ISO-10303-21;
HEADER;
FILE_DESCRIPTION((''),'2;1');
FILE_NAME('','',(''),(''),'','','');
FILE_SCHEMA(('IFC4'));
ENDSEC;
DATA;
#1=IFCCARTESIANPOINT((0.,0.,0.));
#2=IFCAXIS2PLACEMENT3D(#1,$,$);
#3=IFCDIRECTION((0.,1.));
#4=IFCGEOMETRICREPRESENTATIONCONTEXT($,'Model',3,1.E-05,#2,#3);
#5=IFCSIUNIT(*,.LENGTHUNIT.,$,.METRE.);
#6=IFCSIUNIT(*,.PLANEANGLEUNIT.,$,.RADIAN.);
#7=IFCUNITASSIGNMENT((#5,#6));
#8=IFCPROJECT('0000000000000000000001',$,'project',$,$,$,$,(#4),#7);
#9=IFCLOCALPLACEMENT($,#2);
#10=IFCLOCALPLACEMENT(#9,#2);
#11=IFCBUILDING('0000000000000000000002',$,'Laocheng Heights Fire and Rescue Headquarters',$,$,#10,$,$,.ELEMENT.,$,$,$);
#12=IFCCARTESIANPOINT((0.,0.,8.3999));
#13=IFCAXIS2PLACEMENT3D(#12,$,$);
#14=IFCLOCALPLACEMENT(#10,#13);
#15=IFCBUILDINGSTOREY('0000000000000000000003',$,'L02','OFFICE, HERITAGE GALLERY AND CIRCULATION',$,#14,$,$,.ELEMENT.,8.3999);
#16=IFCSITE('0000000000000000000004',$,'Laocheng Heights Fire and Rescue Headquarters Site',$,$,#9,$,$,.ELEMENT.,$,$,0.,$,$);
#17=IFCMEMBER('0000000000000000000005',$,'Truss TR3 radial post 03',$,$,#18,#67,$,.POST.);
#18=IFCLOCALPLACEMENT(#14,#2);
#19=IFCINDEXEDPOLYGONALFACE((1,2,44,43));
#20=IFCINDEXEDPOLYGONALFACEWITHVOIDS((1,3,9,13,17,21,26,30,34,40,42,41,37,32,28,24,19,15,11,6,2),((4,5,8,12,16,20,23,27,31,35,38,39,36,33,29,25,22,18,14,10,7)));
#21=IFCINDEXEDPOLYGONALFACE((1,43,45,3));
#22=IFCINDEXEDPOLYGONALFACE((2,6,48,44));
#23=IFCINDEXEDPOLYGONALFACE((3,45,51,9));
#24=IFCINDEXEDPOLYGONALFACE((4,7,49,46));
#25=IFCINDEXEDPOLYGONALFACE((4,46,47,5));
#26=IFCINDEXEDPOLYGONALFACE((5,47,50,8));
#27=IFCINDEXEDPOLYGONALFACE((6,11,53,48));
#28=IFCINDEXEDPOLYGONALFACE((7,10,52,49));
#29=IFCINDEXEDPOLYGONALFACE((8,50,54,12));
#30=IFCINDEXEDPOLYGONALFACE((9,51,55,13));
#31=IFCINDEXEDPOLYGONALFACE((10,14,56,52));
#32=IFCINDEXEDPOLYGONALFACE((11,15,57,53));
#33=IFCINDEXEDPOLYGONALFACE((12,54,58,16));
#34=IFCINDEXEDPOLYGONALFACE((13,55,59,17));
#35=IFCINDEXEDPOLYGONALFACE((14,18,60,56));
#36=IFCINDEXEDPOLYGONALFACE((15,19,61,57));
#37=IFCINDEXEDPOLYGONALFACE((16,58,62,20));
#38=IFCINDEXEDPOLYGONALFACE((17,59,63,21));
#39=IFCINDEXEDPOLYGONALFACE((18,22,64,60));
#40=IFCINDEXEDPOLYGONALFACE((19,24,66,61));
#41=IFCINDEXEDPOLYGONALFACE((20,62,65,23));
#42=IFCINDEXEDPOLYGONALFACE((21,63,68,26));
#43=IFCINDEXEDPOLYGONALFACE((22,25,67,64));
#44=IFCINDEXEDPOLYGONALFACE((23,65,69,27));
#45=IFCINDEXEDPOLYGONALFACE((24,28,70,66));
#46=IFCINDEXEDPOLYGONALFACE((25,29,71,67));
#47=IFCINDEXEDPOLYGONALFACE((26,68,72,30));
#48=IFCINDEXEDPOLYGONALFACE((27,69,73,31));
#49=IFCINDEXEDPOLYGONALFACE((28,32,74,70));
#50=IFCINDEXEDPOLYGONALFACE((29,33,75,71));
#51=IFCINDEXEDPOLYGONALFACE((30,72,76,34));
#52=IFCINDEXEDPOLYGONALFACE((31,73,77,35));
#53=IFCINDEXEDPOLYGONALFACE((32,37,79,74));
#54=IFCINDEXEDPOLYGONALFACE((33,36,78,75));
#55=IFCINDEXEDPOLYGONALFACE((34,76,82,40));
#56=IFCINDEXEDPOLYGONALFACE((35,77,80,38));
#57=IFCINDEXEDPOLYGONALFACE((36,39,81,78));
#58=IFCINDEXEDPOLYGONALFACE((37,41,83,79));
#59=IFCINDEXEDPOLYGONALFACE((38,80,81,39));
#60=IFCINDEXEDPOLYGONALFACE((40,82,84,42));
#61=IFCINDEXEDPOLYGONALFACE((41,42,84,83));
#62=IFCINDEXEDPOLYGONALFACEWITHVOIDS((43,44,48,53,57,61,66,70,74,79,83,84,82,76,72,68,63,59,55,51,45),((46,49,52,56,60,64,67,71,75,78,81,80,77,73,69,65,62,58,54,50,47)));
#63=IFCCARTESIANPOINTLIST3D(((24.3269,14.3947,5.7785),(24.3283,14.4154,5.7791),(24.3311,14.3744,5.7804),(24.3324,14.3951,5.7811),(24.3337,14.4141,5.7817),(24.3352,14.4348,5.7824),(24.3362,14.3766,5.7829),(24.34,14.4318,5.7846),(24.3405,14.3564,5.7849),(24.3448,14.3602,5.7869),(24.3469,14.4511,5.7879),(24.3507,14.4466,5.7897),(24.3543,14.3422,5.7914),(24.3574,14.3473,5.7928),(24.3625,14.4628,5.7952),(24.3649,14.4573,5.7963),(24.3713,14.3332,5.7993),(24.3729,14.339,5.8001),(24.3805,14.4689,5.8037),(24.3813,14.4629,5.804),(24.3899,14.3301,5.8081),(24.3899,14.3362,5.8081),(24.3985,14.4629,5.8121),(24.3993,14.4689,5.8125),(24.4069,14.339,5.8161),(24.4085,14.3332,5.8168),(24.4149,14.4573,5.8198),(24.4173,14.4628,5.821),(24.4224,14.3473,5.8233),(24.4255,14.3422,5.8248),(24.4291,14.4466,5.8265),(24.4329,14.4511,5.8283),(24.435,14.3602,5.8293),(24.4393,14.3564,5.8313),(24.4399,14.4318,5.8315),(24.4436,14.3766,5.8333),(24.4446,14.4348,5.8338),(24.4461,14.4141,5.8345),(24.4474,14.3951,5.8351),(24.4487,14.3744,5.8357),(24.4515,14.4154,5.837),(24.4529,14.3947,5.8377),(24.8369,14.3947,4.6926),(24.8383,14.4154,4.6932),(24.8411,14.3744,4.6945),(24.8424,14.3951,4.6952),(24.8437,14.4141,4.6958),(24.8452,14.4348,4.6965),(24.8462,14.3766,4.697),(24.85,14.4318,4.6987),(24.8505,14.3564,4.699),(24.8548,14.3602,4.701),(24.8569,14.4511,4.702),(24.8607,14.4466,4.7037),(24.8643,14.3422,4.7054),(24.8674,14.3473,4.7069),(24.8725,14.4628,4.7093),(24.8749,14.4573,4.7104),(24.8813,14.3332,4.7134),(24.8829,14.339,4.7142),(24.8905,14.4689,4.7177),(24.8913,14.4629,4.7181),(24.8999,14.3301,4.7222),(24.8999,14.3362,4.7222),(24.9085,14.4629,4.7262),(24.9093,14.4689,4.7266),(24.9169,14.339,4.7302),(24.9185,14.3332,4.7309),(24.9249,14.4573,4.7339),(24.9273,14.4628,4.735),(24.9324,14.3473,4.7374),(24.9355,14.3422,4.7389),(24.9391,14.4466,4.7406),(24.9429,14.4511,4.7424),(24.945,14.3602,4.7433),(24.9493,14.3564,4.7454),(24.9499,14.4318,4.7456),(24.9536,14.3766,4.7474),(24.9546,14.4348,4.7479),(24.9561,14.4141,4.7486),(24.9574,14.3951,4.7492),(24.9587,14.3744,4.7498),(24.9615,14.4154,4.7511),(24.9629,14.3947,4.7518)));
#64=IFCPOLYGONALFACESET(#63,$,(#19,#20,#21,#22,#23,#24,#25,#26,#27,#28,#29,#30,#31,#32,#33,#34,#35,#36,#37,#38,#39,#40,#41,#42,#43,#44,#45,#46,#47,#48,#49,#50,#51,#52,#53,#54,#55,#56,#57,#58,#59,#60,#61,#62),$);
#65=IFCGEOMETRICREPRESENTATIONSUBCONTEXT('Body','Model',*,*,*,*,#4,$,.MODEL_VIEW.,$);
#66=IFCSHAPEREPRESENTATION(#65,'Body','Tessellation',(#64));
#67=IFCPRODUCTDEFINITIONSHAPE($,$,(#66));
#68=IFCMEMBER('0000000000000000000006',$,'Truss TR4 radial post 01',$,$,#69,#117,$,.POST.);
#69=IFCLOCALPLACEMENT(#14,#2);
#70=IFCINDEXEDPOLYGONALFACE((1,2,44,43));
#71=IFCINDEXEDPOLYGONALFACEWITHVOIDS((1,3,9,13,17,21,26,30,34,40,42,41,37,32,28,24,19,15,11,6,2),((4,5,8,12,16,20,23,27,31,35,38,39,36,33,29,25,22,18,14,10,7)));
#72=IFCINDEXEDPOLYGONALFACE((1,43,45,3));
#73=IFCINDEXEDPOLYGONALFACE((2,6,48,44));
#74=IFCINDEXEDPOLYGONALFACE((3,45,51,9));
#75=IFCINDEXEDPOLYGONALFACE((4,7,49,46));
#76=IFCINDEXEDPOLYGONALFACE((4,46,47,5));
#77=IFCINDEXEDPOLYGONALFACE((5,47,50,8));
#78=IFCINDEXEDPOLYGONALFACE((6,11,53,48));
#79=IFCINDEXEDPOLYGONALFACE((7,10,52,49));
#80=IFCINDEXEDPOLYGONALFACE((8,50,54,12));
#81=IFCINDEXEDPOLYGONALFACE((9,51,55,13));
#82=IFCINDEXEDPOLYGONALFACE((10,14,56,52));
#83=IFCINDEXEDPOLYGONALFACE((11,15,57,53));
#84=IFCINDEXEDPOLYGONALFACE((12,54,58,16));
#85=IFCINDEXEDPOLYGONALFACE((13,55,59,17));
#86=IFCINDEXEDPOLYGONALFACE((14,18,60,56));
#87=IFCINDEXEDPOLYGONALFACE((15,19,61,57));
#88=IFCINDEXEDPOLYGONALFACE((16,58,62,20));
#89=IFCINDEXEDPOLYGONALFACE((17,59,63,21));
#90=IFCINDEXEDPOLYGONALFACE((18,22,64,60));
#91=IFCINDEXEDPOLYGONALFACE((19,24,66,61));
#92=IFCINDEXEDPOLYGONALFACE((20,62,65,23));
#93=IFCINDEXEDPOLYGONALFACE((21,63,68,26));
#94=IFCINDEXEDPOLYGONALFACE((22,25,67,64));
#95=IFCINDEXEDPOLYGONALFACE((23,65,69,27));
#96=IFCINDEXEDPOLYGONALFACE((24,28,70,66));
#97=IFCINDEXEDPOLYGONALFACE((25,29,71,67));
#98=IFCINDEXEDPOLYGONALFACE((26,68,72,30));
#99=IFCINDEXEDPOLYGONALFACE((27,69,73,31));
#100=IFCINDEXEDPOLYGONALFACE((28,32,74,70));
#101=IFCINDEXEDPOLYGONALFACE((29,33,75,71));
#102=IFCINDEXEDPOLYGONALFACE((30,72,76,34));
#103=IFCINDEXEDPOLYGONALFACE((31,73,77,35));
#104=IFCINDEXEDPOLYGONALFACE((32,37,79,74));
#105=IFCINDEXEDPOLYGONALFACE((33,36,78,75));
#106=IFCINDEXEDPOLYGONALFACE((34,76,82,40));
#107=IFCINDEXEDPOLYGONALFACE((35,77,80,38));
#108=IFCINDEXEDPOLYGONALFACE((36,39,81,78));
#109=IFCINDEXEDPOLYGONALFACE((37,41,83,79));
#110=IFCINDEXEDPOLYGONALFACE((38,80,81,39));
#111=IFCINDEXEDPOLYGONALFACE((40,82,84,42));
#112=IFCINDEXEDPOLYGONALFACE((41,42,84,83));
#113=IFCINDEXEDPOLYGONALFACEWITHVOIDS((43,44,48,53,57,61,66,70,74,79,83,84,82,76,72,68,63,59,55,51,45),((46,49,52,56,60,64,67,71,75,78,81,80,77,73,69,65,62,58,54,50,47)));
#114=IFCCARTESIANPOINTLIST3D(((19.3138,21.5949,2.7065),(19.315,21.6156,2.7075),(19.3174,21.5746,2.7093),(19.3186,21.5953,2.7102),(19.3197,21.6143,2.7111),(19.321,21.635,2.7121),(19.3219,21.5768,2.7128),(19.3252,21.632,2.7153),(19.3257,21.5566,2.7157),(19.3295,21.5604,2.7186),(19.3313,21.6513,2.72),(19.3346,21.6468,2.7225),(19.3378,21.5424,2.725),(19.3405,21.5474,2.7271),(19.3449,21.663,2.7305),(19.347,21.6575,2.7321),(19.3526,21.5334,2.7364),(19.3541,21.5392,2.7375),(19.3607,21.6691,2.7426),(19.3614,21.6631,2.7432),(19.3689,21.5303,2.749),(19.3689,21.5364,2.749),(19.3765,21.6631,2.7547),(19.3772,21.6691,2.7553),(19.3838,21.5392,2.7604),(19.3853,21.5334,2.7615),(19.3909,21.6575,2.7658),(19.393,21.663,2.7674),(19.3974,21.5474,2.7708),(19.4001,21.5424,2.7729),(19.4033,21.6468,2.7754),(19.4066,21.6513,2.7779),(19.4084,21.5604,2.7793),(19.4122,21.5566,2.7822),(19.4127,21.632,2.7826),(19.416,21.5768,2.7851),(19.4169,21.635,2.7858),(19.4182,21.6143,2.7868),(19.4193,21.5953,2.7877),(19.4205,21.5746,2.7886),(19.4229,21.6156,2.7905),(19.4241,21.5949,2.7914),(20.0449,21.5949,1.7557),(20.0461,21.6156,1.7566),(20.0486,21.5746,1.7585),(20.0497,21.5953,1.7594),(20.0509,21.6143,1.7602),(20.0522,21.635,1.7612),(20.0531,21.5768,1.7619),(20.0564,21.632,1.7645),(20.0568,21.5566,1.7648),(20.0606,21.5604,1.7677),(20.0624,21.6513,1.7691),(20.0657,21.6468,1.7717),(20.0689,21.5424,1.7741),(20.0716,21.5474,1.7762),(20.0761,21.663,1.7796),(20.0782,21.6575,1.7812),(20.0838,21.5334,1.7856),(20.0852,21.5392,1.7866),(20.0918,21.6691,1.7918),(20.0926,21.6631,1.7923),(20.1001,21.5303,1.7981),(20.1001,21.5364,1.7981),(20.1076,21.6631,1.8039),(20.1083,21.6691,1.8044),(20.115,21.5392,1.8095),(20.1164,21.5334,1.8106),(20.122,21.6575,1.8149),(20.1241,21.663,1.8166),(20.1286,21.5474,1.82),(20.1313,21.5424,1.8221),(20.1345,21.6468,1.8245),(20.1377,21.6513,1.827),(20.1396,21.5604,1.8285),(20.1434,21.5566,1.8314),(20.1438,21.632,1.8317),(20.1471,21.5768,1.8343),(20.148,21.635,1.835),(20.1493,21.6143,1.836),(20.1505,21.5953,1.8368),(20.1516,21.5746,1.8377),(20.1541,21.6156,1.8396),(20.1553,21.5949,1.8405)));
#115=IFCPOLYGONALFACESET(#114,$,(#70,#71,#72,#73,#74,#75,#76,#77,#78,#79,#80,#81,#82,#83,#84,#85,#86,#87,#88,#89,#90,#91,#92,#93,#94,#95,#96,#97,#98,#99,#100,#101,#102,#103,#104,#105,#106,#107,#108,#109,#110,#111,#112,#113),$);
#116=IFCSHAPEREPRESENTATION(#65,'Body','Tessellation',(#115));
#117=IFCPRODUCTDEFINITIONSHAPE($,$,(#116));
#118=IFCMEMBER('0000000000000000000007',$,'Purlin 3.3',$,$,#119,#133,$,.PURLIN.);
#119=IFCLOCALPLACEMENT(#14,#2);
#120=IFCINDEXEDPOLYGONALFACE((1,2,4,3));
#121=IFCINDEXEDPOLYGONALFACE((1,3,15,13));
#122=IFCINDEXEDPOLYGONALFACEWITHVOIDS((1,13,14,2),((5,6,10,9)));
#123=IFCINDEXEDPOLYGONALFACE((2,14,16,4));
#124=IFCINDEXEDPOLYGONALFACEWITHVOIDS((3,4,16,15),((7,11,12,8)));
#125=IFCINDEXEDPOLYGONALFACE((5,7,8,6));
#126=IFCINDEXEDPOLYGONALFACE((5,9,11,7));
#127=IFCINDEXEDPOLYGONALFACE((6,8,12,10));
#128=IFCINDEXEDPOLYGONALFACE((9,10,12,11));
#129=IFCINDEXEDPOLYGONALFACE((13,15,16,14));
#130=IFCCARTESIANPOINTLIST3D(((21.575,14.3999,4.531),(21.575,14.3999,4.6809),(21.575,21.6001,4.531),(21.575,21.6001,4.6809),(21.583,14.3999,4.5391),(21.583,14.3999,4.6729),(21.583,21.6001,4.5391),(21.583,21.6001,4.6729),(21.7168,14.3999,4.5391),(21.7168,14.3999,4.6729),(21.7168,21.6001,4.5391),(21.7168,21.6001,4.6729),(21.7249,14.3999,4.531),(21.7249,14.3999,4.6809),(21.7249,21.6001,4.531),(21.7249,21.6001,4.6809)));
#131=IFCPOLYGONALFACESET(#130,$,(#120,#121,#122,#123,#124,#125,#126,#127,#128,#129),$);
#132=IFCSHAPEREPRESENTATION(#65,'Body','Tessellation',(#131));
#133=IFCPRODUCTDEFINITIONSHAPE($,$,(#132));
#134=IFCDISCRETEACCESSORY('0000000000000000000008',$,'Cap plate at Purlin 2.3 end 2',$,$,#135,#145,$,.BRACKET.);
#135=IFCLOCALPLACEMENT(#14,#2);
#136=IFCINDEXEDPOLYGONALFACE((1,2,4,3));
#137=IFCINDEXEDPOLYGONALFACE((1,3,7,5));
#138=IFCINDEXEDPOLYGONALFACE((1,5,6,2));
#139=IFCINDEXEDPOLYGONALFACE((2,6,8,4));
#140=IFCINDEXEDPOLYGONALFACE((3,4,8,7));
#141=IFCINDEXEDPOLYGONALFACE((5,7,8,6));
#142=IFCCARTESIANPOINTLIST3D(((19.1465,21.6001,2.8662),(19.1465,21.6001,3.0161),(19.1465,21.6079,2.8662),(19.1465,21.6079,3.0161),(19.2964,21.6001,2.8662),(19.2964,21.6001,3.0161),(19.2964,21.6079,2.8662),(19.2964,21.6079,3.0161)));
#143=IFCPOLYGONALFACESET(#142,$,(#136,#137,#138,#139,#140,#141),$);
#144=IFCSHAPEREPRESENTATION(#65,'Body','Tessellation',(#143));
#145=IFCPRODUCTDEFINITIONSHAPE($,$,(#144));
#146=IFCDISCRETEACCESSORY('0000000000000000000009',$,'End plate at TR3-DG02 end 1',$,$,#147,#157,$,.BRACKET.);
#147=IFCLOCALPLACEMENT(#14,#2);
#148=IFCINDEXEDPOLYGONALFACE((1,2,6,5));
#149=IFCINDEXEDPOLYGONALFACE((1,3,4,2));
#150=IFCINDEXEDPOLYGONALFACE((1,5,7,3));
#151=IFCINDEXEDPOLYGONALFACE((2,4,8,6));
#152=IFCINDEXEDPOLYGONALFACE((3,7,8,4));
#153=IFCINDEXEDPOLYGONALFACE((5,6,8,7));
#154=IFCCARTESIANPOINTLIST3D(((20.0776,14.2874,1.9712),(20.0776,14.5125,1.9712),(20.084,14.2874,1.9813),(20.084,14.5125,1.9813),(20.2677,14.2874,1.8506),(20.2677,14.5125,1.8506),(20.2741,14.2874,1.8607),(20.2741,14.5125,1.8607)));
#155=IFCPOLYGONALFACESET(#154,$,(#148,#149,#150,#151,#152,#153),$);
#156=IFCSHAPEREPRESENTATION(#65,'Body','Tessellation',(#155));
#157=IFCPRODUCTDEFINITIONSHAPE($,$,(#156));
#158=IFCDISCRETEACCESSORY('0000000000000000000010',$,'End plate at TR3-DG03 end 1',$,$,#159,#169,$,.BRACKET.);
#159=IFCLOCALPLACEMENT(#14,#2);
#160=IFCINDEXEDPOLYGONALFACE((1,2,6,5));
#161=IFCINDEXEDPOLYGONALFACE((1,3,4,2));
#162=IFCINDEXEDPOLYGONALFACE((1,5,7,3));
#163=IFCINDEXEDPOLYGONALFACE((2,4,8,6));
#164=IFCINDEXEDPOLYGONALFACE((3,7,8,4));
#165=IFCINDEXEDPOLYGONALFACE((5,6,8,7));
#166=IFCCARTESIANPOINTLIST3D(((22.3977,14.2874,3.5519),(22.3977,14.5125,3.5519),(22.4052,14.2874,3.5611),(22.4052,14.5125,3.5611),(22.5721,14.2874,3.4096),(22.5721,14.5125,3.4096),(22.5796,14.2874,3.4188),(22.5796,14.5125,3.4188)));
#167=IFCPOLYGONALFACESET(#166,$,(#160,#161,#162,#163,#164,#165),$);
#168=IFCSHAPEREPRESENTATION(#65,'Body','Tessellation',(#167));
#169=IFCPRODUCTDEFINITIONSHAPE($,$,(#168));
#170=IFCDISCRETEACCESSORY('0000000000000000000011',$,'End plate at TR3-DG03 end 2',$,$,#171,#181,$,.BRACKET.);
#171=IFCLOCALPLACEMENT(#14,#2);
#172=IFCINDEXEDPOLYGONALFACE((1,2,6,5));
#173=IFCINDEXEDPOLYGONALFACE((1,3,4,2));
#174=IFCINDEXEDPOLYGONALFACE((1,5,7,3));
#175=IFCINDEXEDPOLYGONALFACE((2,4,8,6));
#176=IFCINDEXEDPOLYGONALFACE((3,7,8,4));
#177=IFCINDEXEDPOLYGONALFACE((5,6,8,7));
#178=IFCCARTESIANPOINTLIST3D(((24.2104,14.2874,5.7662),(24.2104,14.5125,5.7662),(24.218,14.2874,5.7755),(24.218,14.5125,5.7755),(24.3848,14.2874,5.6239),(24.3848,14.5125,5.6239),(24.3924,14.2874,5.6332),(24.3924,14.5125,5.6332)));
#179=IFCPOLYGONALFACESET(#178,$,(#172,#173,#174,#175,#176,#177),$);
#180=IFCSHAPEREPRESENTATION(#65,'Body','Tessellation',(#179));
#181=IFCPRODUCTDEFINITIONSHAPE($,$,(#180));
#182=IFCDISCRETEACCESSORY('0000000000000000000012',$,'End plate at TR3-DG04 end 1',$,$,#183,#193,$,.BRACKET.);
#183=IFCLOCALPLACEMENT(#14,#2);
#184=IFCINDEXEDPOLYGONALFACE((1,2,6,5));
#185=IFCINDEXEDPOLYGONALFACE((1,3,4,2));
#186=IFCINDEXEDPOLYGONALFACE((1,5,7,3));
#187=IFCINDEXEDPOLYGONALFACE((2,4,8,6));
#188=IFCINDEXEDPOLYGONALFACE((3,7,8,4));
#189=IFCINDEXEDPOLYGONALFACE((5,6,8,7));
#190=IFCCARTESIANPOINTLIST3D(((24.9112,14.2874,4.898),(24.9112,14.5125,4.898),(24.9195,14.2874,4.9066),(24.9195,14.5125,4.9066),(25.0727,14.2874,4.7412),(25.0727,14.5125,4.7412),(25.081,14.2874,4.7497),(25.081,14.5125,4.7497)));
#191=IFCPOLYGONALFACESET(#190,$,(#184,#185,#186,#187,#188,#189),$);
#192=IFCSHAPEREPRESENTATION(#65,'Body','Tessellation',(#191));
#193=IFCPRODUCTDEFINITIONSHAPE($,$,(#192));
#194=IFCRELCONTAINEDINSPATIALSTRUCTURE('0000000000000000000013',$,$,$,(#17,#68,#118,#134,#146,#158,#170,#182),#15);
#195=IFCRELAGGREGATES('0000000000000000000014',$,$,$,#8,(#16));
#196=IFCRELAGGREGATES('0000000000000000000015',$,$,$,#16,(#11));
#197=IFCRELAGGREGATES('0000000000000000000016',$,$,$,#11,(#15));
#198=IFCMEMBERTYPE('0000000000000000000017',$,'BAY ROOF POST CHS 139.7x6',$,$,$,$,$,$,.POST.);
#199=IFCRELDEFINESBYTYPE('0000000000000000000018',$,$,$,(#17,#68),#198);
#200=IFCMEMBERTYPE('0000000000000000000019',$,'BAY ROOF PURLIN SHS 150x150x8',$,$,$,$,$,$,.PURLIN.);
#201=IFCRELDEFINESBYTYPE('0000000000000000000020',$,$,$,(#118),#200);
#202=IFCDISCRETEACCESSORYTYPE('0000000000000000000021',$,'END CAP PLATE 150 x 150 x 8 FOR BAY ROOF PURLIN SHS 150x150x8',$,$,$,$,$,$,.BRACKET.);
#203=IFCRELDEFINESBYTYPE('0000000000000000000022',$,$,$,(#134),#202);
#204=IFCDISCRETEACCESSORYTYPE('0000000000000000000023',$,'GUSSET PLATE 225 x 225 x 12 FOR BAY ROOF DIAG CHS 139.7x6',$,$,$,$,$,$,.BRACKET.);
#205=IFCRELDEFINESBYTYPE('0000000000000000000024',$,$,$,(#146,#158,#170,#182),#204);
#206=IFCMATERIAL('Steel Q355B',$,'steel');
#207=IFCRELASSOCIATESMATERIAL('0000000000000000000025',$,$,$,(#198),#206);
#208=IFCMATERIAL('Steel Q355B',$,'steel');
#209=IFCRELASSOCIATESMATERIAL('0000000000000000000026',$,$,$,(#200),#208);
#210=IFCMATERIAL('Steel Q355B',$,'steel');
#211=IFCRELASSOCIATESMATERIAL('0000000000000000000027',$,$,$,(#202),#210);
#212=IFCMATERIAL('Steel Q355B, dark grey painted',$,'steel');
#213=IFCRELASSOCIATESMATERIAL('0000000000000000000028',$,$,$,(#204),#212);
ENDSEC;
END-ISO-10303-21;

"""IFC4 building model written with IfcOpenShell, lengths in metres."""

from ifc_helpers import new_model, si_unit, direction, frame, origin, origin_2d, place, context, subcontext, project, spatial, rectangle, hollow_rectangle, hollow_circle, extrude, material, material_profile, profile_set, type_object, element, save


model = new_model("IFC4")

# Units and contexts
model_context = context("Model", 3, precision=1e-05, world=origin(), true_north=direction((0.0, 1.0)))
body_context = subcontext(model_context, "Body", "Model", "MODEL_VIEW")
ifc_project = project(units=[si_unit("LENGTHUNIT", "METRE"), si_unit("PLANEANGLEUNIT", "RADIAN")], contexts=[model_context])

# Site, building, storey
site_placement = place(None, origin())
site = spatial("IfcSite", under=ifc_project, at=site_placement, Name="Laocheng Heights Fire and Rescue Headquarters Site", CompositionType="ELEMENT", RefElevation=0.0)
building_placement = place(site_placement, origin())
building = spatial("IfcBuilding", under=site, at=building_placement, Name="Laocheng Heights Fire and Rescue Headquarters", CompositionType="ELEMENT")
storey_placement = place(building_placement, frame((0.0, 0.0, 8.3999)))
storey = spatial("IfcBuildingStorey", under=building, at=storey_placement, Name="L02", Description="OFFICE, HERITAGE GALLERY AND CIRCULATION", CompositionType="ELEMENT", Elevation=8.3999)

# Members
ifc_material_1 = material(Name="Steel Q355B", Category="steel")
ifc_material_profile_1 = material_profile(ifc_material_1, hollow_circle(Radius=0.0698, WallThickness=0.0061, at=origin_2d()), Name="CHS 139.7x6")
ifc_profile_set_1 = profile_set([ifc_material_profile_1], Name="Steel Q355B")
member_type_1 = type_object("IfcMemberType", Name="BAY ROOF POST CHS 139.7x6", PredefinedType="POST", material=ifc_profile_set_1)
for number, where, z_axis, x_axis, name in (
    (1, (24.8999, 14.3999, 4.7222), (-0.425101, 0.0, 0.905146), (0.0, -1.0, 0.0), "Truss TR3 radial post 03"),
):
    element("IfcMember", number, at=place(storey_placement, frame(where, z_axis=z_axis, x_axis=x_axis)), inside=storey, type_object=member_type_1, Name=name, PredefinedType="POST", context=body_context, shape_type="SweptSolid", body=[
        extrude(hollow_circle(Radius=0.0698, WallThickness=0.0061, at=origin_2d()), origin(), (0.0, 0.0, 1.0), 1.1997),
    ])
member_1_placement = place(storey_placement, frame((20.1001, 21.6001, 1.7981), z_axis=(-0.609563, 0.0, 0.792737), x_axis=(0.0, -1.0, 0.0)))
element("IfcMember", 2, at=member_1_placement, inside=storey, type_object=member_type_1, Name="Truss TR4 radial post 01", PredefinedType="POST", context=body_context, shape_type="SweptSolid", body=[
    extrude(hollow_circle(Radius=0.0698, WallThickness=0.0061, at=origin_2d()), origin(), (0.0, 0.0, 1.0), 1.1995),
])
ifc_material_2 = material(Name="Steel Q355B", Category="steel")
ifc_material_profile_2 = material_profile(ifc_material_2, hollow_rectangle(XDim=0.1499, YDim=0.1499, WallThickness=0.0081, at=origin_2d()), Name="SHS 150x150x8")
ifc_profile_set_2 = profile_set([ifc_material_profile_2], Name="Steel Q355B")
member_type_2 = type_object("IfcMemberType", Name="BAY ROOF PURLIN SHS 150x150x8", PredefinedType="PURLIN", material=ifc_profile_set_2)
member_2_placement = place(storey_placement, frame((21.6499, 14.3999, 4.606), z_axis=(0.0, 1.0, 0.0), x_axis=(-1.0, 0.0, 0.0)))
element("IfcMember", 3, at=member_2_placement, inside=storey, type_object=member_type_2, Name="Purlin 3.3", PredefinedType="PURLIN", context=body_context, shape_type="SweptSolid", body=[
    extrude(hollow_rectangle(XDim=0.1499, YDim=0.1499, WallThickness=0.0081, at=origin_2d()), origin(), (0.0, 0.0, 1.0), 7.2002),
])

# Discrete accessories
ifc_material_3 = material(Name="Steel Q355B", Category="steel")
ifc_material_profile_3 = material_profile(ifc_material_3, rectangle(XDim=0.1499, YDim=0.1499, at=origin_2d()), Name="END CAP PLATE 150 x 150 x 8 FOR BAY ROOF PURLIN SHS 150x150x8")
ifc_profile_set_3 = profile_set([ifc_material_profile_3], Name="Steel Q355B")
discrete_accessory_type_1 = type_object("IfcDiscreteAccessoryType", Name="END CAP PLATE 150 x 150 x 8 FOR BAY ROOF PURLIN SHS 150x150x8", PredefinedType="BRACKET", material=ifc_profile_set_3)
discrete_accessory_1_placement = place(storey_placement, frame((19.2214, 21.6001, 2.9412), z_axis=(0.0, 1.0, 0.0), x_axis=(-1.0, 0.0, 0.0)))
element("IfcDiscreteAccessory", 4, at=discrete_accessory_1_placement, inside=storey, type_object=discrete_accessory_type_1, Name="Cap plate at Purlin 2.3 end 2", PredefinedType="BRACKET", context=body_context, shape_type="SweptSolid", body=[
    extrude(rectangle(XDim=0.1499, YDim=0.1499, at=origin_2d()), origin(), (0.0, 0.0, 1.0), 0.0078),
])
ifc_material_4 = material(Name="Steel Q355B, dark grey painted", Category="steel")
ifc_material_profile_4 = material_profile(ifc_material_4, rectangle(XDim=0.2251, YDim=0.2251, at=origin_2d()), Name="GUSSET PLATE 225 x 225 x 12 FOR BAY ROOF DIAG CHS 139.7x6")
ifc_profile_set_4 = profile_set([ifc_material_profile_4], Name="Steel Q355B, dark grey painted")
discrete_accessory_type_2 = type_object("IfcDiscreteAccessoryType", Name="GUSSET PLATE 225 x 225 x 12 FOR BAY ROOF DIAG CHS 139.7x6", PredefinedType="BRACKET", material=ifc_profile_set_4)
for number, where, z_axis, x_axis, name in (
    (5, (20.1726, 14.3999, 1.9109), (0.535542, 0.0, 0.844509), (0.0, 1.0, 0.0), "End plate at TR3-DG02 end 1"),
    (6, (22.4849, 14.3999, 3.4807), (0.632127, 0.0, 0.774865), (0.0, 1.0, 0.0), "End plate at TR3-DG03 end 1"),
    (7, (24.2976, 14.3999, 5.6951), (0.632127, 0.0, 0.774865), (0.0, 1.0, 0.0), "End plate at TR3-DG03 end 2"),
    (8, (24.9919, 14.3999, 4.8196), (0.696786, 0.0, 0.717279), (0.0, 1.0, 0.0), "End plate at TR3-DG04 end 1"),
):
    element("IfcDiscreteAccessory", number, at=place(storey_placement, frame(where, z_axis=z_axis, x_axis=x_axis)), inside=storey, type_object=discrete_accessory_type_2, Name=name, PredefinedType="BRACKET", context=body_context, shape_type="SweptSolid", body=[
        extrude(rectangle(XDim=0.2251, YDim=0.2251, at=origin_2d()), origin(), (0.0, 0.0, 1.0), 0.012),
    ])

save(model, "model.ifc")
